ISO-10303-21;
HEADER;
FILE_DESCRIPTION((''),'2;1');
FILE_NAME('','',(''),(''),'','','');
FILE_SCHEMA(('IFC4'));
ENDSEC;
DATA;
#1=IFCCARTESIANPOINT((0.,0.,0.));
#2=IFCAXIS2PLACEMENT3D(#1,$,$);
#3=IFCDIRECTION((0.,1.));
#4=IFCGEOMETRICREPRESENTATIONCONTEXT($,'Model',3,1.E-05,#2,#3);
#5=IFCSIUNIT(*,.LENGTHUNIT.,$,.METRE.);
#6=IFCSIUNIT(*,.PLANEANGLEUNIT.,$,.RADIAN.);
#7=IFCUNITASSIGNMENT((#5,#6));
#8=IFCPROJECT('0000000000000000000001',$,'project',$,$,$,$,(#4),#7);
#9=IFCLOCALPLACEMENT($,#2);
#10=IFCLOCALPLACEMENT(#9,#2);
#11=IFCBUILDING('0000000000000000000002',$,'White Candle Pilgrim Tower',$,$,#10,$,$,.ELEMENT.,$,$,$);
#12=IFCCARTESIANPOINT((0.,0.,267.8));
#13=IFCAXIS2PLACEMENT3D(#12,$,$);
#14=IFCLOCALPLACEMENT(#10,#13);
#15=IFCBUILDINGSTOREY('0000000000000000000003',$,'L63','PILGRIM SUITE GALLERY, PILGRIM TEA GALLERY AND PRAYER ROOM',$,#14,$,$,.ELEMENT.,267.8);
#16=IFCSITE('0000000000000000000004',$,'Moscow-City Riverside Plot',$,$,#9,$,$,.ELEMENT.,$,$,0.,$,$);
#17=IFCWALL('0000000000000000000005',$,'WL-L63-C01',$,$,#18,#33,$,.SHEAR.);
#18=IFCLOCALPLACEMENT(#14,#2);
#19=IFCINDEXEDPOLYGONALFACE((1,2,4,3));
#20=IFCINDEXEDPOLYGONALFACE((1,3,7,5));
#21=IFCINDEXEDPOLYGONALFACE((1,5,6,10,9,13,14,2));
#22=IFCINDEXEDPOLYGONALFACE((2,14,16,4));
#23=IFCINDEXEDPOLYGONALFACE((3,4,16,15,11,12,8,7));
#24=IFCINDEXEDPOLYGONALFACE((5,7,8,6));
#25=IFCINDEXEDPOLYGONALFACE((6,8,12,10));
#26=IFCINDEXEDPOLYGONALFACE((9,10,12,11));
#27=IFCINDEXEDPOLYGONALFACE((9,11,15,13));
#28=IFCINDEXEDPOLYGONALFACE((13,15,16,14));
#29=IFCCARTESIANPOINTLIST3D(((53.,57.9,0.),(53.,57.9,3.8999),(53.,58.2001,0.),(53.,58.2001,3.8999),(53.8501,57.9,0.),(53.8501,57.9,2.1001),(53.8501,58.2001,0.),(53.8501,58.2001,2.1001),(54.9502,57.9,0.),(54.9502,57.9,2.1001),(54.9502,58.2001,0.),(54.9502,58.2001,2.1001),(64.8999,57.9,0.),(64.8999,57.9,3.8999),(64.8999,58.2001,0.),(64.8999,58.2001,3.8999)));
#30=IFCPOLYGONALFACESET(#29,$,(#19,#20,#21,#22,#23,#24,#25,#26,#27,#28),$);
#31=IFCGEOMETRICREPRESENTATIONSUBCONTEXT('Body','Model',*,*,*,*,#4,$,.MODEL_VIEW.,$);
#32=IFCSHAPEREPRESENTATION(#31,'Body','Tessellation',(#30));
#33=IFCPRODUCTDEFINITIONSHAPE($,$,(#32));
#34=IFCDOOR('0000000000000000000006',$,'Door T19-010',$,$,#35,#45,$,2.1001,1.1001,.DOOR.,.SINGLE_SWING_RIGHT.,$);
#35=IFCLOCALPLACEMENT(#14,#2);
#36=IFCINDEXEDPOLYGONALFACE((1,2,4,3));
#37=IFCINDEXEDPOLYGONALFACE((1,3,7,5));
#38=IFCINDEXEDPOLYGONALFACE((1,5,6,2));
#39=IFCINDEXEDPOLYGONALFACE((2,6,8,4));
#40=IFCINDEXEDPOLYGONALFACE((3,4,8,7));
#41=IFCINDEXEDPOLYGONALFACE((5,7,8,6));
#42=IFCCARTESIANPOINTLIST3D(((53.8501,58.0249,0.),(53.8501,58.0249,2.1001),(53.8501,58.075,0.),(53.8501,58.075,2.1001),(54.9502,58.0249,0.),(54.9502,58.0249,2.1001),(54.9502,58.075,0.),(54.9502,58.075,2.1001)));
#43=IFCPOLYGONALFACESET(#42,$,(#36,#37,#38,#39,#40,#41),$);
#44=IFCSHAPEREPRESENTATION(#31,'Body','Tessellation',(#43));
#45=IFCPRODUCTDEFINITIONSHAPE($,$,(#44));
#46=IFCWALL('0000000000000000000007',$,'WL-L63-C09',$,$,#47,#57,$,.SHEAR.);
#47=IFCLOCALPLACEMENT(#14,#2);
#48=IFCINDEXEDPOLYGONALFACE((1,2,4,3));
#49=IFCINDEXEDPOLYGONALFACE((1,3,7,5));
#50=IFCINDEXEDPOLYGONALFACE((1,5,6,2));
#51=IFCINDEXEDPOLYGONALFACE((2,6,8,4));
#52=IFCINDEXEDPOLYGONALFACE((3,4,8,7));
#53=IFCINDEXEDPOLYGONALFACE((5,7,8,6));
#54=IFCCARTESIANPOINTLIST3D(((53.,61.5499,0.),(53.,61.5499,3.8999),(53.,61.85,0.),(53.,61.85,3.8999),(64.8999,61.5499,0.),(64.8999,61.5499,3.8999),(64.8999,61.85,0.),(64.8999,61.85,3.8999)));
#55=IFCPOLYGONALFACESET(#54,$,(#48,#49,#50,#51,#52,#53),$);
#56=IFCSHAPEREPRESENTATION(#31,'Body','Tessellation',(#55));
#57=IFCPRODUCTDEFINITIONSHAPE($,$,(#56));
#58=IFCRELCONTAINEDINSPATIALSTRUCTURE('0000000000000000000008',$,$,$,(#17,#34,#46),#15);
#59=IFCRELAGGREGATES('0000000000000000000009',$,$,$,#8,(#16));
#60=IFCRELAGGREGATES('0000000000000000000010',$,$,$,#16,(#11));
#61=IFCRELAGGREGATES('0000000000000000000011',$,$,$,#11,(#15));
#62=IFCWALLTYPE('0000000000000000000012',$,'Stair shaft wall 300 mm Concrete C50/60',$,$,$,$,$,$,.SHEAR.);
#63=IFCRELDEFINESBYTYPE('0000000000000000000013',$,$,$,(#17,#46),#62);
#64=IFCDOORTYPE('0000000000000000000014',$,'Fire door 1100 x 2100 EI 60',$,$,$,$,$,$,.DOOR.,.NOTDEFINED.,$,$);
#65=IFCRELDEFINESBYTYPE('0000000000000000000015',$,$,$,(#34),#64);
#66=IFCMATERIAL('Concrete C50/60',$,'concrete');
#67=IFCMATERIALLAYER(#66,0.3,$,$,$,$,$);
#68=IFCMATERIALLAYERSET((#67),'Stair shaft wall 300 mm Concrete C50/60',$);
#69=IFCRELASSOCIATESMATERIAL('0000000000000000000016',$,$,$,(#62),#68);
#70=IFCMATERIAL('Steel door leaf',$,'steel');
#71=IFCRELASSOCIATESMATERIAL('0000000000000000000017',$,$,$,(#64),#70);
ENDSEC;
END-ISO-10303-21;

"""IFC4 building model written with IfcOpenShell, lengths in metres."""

from ifc_helpers import new_model, si_unit, direction, frame, frame_2d, origin, place, context, subcontext, project, spatial, rectangle, extrude, material, layer, layer_set, type_object, element, fill, save


model = new_model("IFC4")

# Units and contexts
model_context = context("Model", 3, precision=1e-05, world=origin(), true_north=direction((0.0, 1.0)))
body_context = subcontext(model_context, "Body", "Model", "MODEL_VIEW")
ifc_project = project(units=[si_unit("LENGTHUNIT", "METRE"), si_unit("PLANEANGLEUNIT", "RADIAN")], contexts=[model_context])

# Site, building, storey
site_placement = place(None, origin())
site = spatial("IfcSite", under=ifc_project, at=site_placement, Name="Moscow-City Riverside Plot", CompositionType="ELEMENT", RefElevation=0.0)
building_placement = place(site_placement, origin())
building = spatial("IfcBuilding", under=site, at=building_placement, Name="White Candle Pilgrim Tower", CompositionType="ELEMENT")
storey_placement = place(building_placement, frame((0.0, 0.0, 267.8)))
storey = spatial("IfcBuildingStorey", under=building, at=storey_placement, Name="L63", Description="PILGRIM SUITE GALLERY, PILGRIM TEA GALLERY AND PRAYER ROOM", CompositionType="ELEMENT", Elevation=267.8)

# Shared definitions
ifc_material_1 = material(Name="Concrete C50/60", Category="concrete")

# Shared definitions
ifc_material_2 = material(Name="Steel door leaf", Category="steel")

# Wall, opening, door
ifc_layer_1 = layer(ifc_material_1, 0.3)
ifc_layer_set_1 = layer_set([ifc_layer_1], Name="Stair shaft wall 300 mm Concrete C50/60")
wall_type_1 = type_object("IfcWallType", Name="Stair shaft wall 300 mm Concrete C50/60", PredefinedType="SHEAR", material=ifc_layer_set_1)
wall_1_placement = place(storey_placement, frame((53.0, 58.05, 0.0), z_axis=(0.0, 0.0, 1.0), x_axis=(1.0, 0.0, 0.0)))
wall_1 = element("IfcWall", 1, at=wall_1_placement, inside=storey, type_object=wall_type_1, Name="WL-L63-C01", PredefinedType="SHEAR", context=body_context, shape_type="SweptSolid", body=[
    extrude(rectangle(XDim=11.8999, YDim=0.3, at=frame_2d((5.95, 0.0))), origin(), (0.0, 0.0, 1.0), 3.8999),
])
opening_1_placement = place(wall_1_placement, frame((0.8501, 0.0, 0.0)))
opening_1 = element("IfcOpeningElement", 2, at=opening_1_placement, cuts=wall_1, PredefinedType="OPENING", context=body_context, shape_type="SweptSolid", body=[
    extrude(rectangle(XDim=1.1001, YDim=2.1001, at=frame_2d((0.55, 1.05))), frame((0.0, 0.1599, 0.0), z_axis=(0.0, -1.0, 0.0), x_axis=(1.0, 0.0, 0.0)), (0.0, 0.0, 1.0), 0.3201),
])
door_type_1 = type_object("IfcDoorType", Name="Fire door 1100 x 2100 EI 60", OperationType="NOTDEFINED", PredefinedType="DOOR", material=ifc_material_2)
door_1_placement = place(opening_1_placement, origin())
door_1 = element("IfcDoor", 3, at=door_1_placement, inside=storey, type_object=door_type_1, Name="Door T19-010", OperationType="SINGLE_SWING_RIGHT", OverallHeight=2.1001, OverallWidth=1.1001, PredefinedType="DOOR", context=body_context, shape_type="SweptSolid", body=[
    extrude(rectangle(XDim=1.1001, YDim=2.1001, at=frame_2d((0.55, 1.05))), frame((0.0, 0.0249, 0.0), z_axis=(0.0, -1.0, 0.0), x_axis=(1.0, 0.0, 0.0)), (0.0, 0.0, 1.0), 0.05),
])
fill(opening_1, door_1)

# Wall
wall_2_placement = place(storey_placement, frame((53.0, 61.7, 0.0), z_axis=(0.0, 0.0, 1.0), x_axis=(1.0, 0.0, 0.0)))
element("IfcWall", 4, at=wall_2_placement, inside=storey, type_object=wall_type_1, Name="WL-L63-C09", PredefinedType="SHEAR", context=body_context, shape_type="SweptSolid", body=[
    extrude(rectangle(XDim=11.8999, YDim=0.3, at=frame_2d((5.95, 0.0))), origin(), (0.0, 0.0, 1.0), 3.8999),
])

save(model, "model.ifc")
